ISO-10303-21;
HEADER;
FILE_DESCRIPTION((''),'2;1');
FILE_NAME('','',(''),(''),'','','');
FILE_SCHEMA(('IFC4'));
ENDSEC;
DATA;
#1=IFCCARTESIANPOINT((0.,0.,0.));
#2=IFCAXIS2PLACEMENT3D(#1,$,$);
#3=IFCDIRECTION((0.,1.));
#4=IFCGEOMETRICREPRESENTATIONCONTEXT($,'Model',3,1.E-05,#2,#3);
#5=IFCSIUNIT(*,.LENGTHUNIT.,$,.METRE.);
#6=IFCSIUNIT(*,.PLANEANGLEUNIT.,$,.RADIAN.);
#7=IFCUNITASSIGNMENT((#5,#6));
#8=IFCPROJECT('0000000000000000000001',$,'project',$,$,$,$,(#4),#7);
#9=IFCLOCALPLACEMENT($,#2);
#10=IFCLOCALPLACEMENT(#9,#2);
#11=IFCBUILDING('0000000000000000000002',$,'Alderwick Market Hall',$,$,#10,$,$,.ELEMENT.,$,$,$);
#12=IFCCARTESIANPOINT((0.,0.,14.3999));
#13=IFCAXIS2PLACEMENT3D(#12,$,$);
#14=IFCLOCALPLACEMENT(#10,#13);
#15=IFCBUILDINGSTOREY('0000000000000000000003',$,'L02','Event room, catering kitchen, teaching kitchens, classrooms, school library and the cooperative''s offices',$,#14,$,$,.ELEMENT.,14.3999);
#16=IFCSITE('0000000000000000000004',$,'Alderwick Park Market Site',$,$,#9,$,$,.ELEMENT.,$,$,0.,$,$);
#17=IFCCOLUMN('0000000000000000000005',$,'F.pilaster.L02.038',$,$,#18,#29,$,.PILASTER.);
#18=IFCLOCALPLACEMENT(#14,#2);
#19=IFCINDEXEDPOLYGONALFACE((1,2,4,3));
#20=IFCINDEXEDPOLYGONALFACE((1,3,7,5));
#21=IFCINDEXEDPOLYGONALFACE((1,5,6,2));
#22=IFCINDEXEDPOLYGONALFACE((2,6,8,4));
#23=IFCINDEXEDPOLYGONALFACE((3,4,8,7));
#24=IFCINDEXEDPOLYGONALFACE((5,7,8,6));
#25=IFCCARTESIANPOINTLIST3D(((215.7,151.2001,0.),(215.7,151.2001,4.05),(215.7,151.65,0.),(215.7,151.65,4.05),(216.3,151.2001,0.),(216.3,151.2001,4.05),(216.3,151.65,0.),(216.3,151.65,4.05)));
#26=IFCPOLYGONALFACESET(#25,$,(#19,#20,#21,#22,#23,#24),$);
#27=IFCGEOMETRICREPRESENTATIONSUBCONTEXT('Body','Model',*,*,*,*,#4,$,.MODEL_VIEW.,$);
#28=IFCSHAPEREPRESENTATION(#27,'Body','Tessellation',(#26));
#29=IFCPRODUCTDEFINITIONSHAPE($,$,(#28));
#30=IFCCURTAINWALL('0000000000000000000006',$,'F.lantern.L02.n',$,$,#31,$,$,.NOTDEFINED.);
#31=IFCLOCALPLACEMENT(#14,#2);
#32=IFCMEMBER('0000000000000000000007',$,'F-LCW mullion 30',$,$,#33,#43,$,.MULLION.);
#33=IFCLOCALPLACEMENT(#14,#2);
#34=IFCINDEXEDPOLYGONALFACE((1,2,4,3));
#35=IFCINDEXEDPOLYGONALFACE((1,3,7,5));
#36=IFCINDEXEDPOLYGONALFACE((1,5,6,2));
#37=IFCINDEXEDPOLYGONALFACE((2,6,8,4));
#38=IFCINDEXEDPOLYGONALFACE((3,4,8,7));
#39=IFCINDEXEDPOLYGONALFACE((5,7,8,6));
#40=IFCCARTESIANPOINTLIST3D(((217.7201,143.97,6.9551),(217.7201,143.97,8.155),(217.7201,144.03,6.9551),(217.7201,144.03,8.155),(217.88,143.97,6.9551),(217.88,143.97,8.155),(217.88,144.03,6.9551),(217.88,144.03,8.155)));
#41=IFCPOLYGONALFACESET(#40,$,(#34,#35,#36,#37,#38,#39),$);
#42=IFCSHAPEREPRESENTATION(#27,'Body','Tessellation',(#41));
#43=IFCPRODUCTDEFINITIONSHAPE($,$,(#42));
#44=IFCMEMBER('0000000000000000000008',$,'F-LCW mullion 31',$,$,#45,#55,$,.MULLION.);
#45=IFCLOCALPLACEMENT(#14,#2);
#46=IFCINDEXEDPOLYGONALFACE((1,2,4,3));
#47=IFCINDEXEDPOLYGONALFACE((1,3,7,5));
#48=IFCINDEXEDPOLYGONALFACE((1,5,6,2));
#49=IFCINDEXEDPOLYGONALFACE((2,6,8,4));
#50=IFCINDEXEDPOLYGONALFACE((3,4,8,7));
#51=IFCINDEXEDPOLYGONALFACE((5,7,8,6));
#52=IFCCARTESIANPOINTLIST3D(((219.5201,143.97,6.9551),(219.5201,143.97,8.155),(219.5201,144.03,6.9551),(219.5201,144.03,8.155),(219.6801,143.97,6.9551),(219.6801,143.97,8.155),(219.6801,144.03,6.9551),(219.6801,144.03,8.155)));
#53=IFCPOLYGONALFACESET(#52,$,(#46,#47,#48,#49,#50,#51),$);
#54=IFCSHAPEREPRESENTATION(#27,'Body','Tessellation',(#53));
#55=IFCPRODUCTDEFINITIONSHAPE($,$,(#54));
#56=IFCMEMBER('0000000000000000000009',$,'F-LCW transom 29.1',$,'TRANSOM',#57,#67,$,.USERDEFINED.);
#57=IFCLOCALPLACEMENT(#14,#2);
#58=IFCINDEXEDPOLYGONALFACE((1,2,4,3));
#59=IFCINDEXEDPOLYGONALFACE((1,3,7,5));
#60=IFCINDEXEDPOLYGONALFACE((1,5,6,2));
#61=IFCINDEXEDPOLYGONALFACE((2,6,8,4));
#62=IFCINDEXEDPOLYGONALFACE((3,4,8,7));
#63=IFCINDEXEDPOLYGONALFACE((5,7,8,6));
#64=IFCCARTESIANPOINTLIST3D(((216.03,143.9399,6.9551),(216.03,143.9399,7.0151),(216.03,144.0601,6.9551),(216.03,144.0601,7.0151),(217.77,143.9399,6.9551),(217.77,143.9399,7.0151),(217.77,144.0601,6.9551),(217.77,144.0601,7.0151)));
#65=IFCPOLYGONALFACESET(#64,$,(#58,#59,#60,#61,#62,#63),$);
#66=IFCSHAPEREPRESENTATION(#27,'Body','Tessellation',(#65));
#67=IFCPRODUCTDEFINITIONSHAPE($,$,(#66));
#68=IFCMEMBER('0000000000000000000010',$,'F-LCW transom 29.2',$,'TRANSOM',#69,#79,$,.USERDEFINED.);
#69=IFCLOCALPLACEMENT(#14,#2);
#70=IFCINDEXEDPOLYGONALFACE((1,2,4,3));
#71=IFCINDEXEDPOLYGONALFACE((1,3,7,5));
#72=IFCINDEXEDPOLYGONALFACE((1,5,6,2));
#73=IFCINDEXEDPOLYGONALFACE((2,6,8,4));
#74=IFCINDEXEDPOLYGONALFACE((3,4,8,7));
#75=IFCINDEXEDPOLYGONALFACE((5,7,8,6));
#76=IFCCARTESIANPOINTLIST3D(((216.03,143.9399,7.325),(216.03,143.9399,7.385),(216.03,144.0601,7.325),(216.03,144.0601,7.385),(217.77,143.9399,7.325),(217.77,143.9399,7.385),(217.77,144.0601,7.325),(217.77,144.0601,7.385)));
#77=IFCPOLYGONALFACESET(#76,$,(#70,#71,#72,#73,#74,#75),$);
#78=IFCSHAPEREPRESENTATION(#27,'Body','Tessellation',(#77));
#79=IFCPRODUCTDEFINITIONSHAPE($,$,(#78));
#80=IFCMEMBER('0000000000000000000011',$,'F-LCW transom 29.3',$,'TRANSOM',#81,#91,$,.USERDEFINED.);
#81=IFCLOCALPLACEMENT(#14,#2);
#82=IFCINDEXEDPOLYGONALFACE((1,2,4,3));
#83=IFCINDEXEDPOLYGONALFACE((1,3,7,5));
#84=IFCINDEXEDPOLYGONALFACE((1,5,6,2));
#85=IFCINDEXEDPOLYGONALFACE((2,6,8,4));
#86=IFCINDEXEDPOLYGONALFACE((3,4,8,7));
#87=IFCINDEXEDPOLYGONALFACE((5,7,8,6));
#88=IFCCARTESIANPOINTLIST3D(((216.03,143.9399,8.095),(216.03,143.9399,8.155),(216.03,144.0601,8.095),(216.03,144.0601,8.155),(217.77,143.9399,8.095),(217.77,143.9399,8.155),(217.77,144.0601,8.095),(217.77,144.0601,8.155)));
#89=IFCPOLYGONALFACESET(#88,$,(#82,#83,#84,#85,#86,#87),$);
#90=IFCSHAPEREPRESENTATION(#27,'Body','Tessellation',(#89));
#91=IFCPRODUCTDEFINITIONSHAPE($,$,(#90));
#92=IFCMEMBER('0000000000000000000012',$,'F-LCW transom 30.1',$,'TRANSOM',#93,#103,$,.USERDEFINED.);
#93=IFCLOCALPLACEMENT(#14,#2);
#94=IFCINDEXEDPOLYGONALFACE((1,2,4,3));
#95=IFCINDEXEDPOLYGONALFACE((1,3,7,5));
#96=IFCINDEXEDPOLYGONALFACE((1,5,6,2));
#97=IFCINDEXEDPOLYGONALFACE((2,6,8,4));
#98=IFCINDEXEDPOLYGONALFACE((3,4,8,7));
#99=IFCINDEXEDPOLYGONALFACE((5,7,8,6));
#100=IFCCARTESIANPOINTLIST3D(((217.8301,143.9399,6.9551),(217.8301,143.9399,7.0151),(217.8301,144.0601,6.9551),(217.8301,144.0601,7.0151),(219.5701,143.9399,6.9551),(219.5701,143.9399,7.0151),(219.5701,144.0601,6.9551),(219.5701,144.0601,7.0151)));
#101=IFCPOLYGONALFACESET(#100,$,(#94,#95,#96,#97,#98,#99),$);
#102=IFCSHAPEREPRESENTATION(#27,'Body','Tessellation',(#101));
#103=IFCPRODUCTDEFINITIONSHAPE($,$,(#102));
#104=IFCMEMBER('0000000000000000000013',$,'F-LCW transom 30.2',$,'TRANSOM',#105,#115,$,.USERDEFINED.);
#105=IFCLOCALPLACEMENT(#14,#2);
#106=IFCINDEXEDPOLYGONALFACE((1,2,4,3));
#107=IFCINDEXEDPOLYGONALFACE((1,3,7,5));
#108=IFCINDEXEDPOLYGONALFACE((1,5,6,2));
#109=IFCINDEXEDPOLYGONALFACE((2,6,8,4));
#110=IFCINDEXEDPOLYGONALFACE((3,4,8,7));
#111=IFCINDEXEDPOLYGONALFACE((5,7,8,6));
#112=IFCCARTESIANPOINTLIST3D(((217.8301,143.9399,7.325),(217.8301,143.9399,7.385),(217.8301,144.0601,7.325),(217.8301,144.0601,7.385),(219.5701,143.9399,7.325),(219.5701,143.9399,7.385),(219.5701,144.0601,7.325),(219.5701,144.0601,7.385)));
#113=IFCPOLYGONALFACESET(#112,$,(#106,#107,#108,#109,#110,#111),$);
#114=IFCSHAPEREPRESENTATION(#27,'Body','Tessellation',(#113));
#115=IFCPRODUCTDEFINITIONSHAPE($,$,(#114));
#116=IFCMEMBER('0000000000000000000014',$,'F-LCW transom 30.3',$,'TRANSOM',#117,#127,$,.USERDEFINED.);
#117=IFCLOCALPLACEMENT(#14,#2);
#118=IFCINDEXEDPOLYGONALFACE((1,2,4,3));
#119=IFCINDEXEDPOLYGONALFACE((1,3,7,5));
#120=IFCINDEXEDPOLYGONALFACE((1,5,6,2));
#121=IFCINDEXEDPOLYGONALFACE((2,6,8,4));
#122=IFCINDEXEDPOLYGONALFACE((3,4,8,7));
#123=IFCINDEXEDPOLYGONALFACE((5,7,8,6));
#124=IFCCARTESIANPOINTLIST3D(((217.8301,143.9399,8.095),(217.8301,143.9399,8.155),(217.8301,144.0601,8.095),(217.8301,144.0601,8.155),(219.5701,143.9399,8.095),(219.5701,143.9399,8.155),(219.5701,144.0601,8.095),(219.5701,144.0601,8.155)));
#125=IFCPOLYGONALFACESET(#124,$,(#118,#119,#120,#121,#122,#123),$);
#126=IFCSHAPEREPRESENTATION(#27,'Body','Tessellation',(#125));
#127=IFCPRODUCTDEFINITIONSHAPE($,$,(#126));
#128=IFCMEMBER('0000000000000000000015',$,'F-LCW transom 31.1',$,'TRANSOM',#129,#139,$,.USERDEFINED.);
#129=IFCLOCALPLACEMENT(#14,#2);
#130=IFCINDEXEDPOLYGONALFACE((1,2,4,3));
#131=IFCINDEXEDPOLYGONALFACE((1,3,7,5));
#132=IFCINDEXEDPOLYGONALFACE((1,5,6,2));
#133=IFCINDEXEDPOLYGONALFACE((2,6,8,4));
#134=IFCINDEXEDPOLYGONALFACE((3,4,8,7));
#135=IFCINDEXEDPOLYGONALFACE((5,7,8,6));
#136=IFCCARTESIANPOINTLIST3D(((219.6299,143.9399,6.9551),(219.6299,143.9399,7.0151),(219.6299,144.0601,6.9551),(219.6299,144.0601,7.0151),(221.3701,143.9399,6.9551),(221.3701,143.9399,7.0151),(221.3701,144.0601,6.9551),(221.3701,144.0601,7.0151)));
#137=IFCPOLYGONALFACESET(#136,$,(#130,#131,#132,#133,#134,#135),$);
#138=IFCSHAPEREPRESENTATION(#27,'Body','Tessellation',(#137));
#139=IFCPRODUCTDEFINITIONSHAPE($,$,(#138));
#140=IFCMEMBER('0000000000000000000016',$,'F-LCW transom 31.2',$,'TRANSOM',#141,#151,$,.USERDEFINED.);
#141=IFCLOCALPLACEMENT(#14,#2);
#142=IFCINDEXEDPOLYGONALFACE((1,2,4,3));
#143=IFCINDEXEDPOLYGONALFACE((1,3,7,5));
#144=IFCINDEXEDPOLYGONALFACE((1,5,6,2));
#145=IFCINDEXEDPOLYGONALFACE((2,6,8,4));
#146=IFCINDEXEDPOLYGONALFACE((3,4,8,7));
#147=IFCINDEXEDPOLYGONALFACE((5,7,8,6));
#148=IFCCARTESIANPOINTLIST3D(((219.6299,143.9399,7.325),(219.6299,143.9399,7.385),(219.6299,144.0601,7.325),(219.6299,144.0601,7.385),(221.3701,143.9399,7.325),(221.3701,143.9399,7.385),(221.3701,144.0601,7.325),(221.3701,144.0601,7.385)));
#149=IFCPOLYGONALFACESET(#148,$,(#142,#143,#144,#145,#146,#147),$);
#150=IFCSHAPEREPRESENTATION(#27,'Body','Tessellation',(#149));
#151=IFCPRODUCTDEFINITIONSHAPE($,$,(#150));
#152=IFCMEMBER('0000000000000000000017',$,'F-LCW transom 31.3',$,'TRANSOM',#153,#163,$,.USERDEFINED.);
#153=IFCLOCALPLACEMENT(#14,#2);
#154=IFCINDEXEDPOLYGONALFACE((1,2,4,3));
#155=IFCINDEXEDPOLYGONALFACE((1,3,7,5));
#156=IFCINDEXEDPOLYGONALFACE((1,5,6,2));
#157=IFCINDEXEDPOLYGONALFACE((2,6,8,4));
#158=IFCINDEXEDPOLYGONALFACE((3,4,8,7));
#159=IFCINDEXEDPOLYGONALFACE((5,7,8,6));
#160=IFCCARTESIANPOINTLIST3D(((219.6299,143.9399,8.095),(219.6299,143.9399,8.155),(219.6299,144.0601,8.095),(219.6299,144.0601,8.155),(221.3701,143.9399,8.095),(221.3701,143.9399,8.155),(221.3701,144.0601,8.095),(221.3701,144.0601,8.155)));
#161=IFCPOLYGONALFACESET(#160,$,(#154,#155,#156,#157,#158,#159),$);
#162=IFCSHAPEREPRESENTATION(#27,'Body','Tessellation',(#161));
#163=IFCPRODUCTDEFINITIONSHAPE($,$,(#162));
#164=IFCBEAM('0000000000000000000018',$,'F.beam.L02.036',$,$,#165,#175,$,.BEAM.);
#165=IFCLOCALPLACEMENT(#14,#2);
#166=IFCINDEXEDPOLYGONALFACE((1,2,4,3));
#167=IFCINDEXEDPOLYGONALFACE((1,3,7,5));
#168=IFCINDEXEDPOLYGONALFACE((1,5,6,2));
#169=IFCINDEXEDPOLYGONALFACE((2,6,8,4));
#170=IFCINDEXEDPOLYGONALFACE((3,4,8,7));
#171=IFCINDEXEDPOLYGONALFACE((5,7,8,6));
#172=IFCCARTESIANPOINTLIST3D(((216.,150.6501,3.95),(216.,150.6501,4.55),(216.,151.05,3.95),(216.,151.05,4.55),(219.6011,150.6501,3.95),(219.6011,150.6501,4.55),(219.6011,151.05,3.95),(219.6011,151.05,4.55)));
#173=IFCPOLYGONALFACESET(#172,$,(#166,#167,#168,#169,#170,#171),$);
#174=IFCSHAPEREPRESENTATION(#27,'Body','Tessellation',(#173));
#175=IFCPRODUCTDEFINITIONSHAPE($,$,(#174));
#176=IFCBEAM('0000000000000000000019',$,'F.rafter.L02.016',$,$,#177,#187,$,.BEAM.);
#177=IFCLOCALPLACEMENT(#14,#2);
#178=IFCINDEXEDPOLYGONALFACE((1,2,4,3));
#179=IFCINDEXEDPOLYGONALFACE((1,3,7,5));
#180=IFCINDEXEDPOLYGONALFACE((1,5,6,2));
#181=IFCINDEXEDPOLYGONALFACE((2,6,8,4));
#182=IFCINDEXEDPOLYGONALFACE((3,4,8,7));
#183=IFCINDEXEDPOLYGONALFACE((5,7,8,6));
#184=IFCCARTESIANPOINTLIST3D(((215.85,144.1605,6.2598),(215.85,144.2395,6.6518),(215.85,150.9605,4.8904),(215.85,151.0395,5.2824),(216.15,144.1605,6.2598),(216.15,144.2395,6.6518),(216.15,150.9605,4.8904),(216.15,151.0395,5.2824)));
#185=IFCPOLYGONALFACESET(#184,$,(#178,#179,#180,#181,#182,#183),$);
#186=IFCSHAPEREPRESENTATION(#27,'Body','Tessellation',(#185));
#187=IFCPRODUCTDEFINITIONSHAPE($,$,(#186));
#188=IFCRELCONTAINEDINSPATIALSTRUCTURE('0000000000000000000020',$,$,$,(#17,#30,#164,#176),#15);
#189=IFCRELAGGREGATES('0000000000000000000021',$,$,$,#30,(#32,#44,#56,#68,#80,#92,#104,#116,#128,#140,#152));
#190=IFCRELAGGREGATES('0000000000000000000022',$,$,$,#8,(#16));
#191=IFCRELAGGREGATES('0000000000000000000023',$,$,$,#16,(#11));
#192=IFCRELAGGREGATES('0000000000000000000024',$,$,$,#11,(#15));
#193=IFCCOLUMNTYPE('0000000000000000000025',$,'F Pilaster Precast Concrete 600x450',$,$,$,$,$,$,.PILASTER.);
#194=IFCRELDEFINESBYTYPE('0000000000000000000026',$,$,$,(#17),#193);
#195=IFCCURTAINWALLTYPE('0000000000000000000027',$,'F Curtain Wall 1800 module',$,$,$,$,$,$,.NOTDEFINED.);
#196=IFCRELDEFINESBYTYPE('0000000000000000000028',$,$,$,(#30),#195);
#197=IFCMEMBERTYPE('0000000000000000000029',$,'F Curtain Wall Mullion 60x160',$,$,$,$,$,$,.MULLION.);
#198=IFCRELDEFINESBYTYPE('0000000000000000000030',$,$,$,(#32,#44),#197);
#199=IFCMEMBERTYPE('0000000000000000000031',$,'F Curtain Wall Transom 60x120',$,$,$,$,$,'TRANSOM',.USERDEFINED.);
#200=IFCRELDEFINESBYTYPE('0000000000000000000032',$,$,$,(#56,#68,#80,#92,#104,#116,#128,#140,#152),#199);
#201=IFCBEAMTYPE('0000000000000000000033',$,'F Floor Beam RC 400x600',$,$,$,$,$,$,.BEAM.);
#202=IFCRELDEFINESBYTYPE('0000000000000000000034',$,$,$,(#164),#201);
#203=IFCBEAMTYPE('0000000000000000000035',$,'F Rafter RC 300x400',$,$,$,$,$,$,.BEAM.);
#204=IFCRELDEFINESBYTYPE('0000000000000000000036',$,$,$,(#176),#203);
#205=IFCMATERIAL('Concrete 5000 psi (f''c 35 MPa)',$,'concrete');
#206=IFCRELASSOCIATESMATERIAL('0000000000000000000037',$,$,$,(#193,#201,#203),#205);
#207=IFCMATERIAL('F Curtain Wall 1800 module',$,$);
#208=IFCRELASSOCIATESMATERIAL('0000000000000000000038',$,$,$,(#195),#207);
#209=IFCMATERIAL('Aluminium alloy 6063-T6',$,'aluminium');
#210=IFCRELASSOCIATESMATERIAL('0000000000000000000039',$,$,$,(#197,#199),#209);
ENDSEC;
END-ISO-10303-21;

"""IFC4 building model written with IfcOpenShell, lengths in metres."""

from ifc_helpers import new_model, si_unit, direction, frame, origin, origin_2d, place, context, subcontext, project, spatial, rectangle, extrude, material, material_profile, profile_set, type_object, element, aggregate, save


model = new_model("IFC4")

# Units and contexts
model_context = context("Model", 3, precision=1e-05, world=origin(), true_north=direction((0.0, 1.0)))
body_context = subcontext(model_context, "Body", "Model", "MODEL_VIEW")
ifc_project = project(units=[si_unit("LENGTHUNIT", "METRE"), si_unit("PLANEANGLEUNIT", "RADIAN")], contexts=[model_context])

# Site, building, storey
site_placement = place(None, origin())
site = spatial("IfcSite", under=ifc_project, at=site_placement, Name="Alderwick Park Market Site", CompositionType="ELEMENT", RefElevation=0.0)
building_placement = place(site_placement, origin())
building = spatial("IfcBuilding", under=site, at=building_placement, Name="Alderwick Market Hall", CompositionType="ELEMENT")
storey_placement = place(building_placement, frame((0.0, 0.0, 14.3999)))
storey = spatial("IfcBuildingStorey", under=building, at=storey_placement, Name="L02", Description="Event room, catering kitchen, teaching kitchens, classrooms, school library and the cooperative's offices", CompositionType="ELEMENT", Elevation=14.3999)

# Column
ifc_material_1 = material(Name="Concrete 5000 psi (f'c 35 MPa)", Category="concrete")
ifc_material_profile_1 = material_profile(ifc_material_1, rectangle(XDim=0.6001, YDim=0.45, at=origin_2d()), Name="PC 600x450")
ifc_profile_set_1 = profile_set([ifc_material_profile_1], Name="Concrete 5000 psi (f'c 35 MPa)")
column_type = type_object("IfcColumnType", Name="F Pilaster Precast Concrete 600x450", PredefinedType="PILASTER", material=ifc_profile_set_1)
column_placement = place(storey_placement, frame((216.0, 151.425, 0.0), z_axis=(0.0, 0.0, 1.0), x_axis=(1.0, 0.0, 0.0)))
element("IfcColumn", 1, at=column_placement, inside=storey, type_object=column_type, Name="F.pilaster.L02.038", PredefinedType="PILASTER", context=body_context, shape_type="SweptSolid", body=[
    extrude(rectangle(XDim=0.6001, YDim=0.45, at=origin_2d()), origin(), (0.0, 0.0, 1.0), 4.05),
])

# Curtain wall, members
ifc_material_2 = material(Name="F Curtain Wall 1800 module")
curtain_wall_type = type_object("IfcCurtainWallType", Name="F Curtain Wall 1800 module", PredefinedType="NOTDEFINED", material=ifc_material_2)
curtain_wall_placement = place(storey_placement, origin())
curtain_wall = element("IfcCurtainWall", 2, at=curtain_wall_placement, inside=storey, type_object=curtain_wall_type, Name="F.lantern.L02.n", PredefinedType="NOTDEFINED")
ifc_material_3 = material(Name="Aluminium alloy 6063-T6", Category="aluminium")
ifc_material_profile_2 = material_profile(ifc_material_3, rectangle(XDim=0.0601, YDim=0.1599, at=origin_2d()), Name="AL 60x160")
ifc_profile_set_2 = profile_set([ifc_material_profile_2], Name="Aluminium alloy 6063-T6")
member_type_1 = type_object("IfcMemberType", Name="F Curtain Wall Mullion 60x160", PredefinedType="MULLION", material=ifc_profile_set_2)
member_1_placement = place(storey_placement, frame((217.8, 144.0, 6.9551), z_axis=(0.0, 0.0, 1.0), x_axis=(0.0, 1.0, 0.0)))
member_1 = element("IfcMember", 3, at=member_1_placement, type_object=member_type_1, Name="F-LCW mullion 30", PredefinedType="MULLION", context=body_context, shape_type="SweptSolid", body=[
    extrude(rectangle(XDim=0.0601, YDim=0.1599, at=origin_2d()), origin(), (0.0, 0.0, 1.0), 1.2),
])
member_2_placement = place(storey_placement, frame((219.6001, 144.0, 6.9551), z_axis=(0.0, 0.0, 1.0), x_axis=(0.0, 1.0, 0.0)))
member_2 = element("IfcMember", 4, at=member_2_placement, type_object=member_type_1, Name="F-LCW mullion 31", PredefinedType="MULLION", context=body_context, shape_type="SweptSolid", body=[
    extrude(rectangle(XDim=0.0601, YDim=0.1599, at=origin_2d()), origin(), (0.0, 0.0, 1.0), 1.2),
])
ifc_material_profile_3 = material_profile(ifc_material_3, rectangle(XDim=0.1201, YDim=0.0601, at=origin_2d()), Name="AL 60x120")
ifc_profile_set_3 = profile_set([ifc_material_profile_3], Name="Aluminium alloy 6063-T6")
member_type_2 = type_object("IfcMemberType", Name="F Curtain Wall Transom 60x120", ElementType="TRANSOM", PredefinedType="USERDEFINED", material=ifc_profile_set_3)
member_3_placement = place(storey_placement, frame((216.03, 144.0, 6.9851), z_axis=(1.0, 0.0, 0.0), x_axis=(0.0, 1.0, 0.0)))
member_3 = element("IfcMember", 5, at=member_3_placement, type_object=member_type_2, Name="F-LCW transom 29.1", ObjectType="TRANSOM", PredefinedType="USERDEFINED", context=body_context, shape_type="SweptSolid", body=[
    extrude(rectangle(XDim=0.1201, YDim=0.0601, at=origin_2d()), origin(), (0.0, 0.0, 1.0), 1.74),
])
member_4_placement = place(storey_placement, frame((216.03, 144.0, 7.355), z_axis=(1.0, 0.0, 0.0), x_axis=(0.0, 1.0, 0.0)))
member_4 = element("IfcMember", 6, at=member_4_placement, type_object=member_type_2, Name="F-LCW transom 29.2", ObjectType="TRANSOM", PredefinedType="USERDEFINED", context=body_context, shape_type="SweptSolid", body=[
    extrude(rectangle(XDim=0.1201, YDim=0.0601, at=origin_2d()), origin(), (0.0, 0.0, 1.0), 1.74),
])
member_5_placement = place(storey_placement, frame((216.03, 144.0, 8.125), z_axis=(1.0, 0.0, 0.0), x_axis=(0.0, 1.0, 0.0)))
member_5 = element("IfcMember", 7, at=member_5_placement, type_object=member_type_2, Name="F-LCW transom 29.3", ObjectType="TRANSOM", PredefinedType="USERDEFINED", context=body_context, shape_type="SweptSolid", body=[
    extrude(rectangle(XDim=0.1201, YDim=0.0601, at=origin_2d()), origin(), (0.0, 0.0, 1.0), 1.74),
])
member_6_placement = place(storey_placement, frame((217.8301, 144.0, 6.9851), z_axis=(1.0, 0.0, 0.0), x_axis=(0.0, 1.0, 0.0)))
member_6 = element("IfcMember", 8, at=member_6_placement, type_object=member_type_2, Name="F-LCW transom 30.1", ObjectType="TRANSOM", PredefinedType="USERDEFINED", context=body_context, shape_type="SweptSolid", body=[
    extrude(rectangle(XDim=0.1201, YDim=0.0601, at=origin_2d()), origin(), (0.0, 0.0, 1.0), 1.74),
])
member_7_placement = place(storey_placement, frame((217.8301, 144.0, 7.355), z_axis=(1.0, 0.0, 0.0), x_axis=(0.0, 1.0, 0.0)))
member_7 = element("IfcMember", 9, at=member_7_placement, type_object=member_type_2, Name="F-LCW transom 30.2", ObjectType="TRANSOM", PredefinedType="USERDEFINED", context=body_context, shape_type="SweptSolid", body=[
    extrude(rectangle(XDim=0.1201, YDim=0.0601, at=origin_2d()), origin(), (0.0, 0.0, 1.0), 1.74),
])
member_8_placement = place(storey_placement, frame((217.8301, 144.0, 8.125), z_axis=(1.0, 0.0, 0.0), x_axis=(0.0, 1.0, 0.0)))
member_8 = element("IfcMember", 10, at=member_8_placement, type_object=member_type_2, Name="F-LCW transom 30.3", ObjectType="TRANSOM", PredefinedType="USERDEFINED", context=body_context, shape_type="SweptSolid", body=[
    extrude(rectangle(XDim=0.1201, YDim=0.0601, at=origin_2d()), origin(), (0.0, 0.0, 1.0), 1.74),
])
member_9_placement = place(storey_placement, frame((219.6299, 144.0, 6.9851), z_axis=(1.0, 0.0, 0.0), x_axis=(0.0, 1.0, 0.0)))
member_9 = element("IfcMember", 11, at=member_9_placement, type_object=member_type_2, Name="F-LCW transom 31.1", ObjectType="TRANSOM", PredefinedType="USERDEFINED", context=body_context, shape_type="SweptSolid", body=[
    extrude(rectangle(XDim=0.1201, YDim=0.0601, at=origin_2d()), origin(), (0.0, 0.0, 1.0), 1.7402),
])
member_10_placement = place(storey_placement, frame((219.6299, 144.0, 7.355), z_axis=(1.0, 0.0, 0.0), x_axis=(0.0, 1.0, 0.0)))
member_10 = element("IfcMember", 12, at=member_10_placement, type_object=member_type_2, Name="F-LCW transom 31.2", ObjectType="TRANSOM", PredefinedType="USERDEFINED", context=body_context, shape_type="SweptSolid", body=[
    extrude(rectangle(XDim=0.1201, YDim=0.0601, at=origin_2d()), origin(), (0.0, 0.0, 1.0), 1.7402),
])
member_11_placement = place(storey_placement, frame((219.6299, 144.0, 8.125), z_axis=(1.0, 0.0, 0.0), x_axis=(0.0, 1.0, 0.0)))
member_11 = element("IfcMember", 13, at=member_11_placement, type_object=member_type_2, Name="F-LCW transom 31.3", ObjectType="TRANSOM", PredefinedType="USERDEFINED", context=body_context, shape_type="SweptSolid", body=[
    extrude(rectangle(XDim=0.1201, YDim=0.0601, at=origin_2d()), origin(), (0.0, 0.0, 1.0), 1.7402),
])

# Beams
ifc_material_profile_4 = material_profile(ifc_material_1, rectangle(XDim=0.3999, YDim=0.6001, at=origin_2d()), Name="RC 400x600")
ifc_profile_set_4 = profile_set([ifc_material_profile_4], Name="Concrete 5000 psi (f'c 35 MPa)")
beam_type_1 = type_object("IfcBeamType", Name="F Floor Beam RC 400x600", PredefinedType="BEAM", material=ifc_profile_set_4)
beam_1_placement = place(storey_placement, frame((216.0, 150.8501, 4.25), z_axis=(1.0, 0.0, 0.0), x_axis=(0.0, 1.0, 0.0)))
element("IfcBeam", 14, at=beam_1_placement, inside=storey, type_object=beam_type_1, Name="F.beam.L02.036", PredefinedType="BEAM", context=body_context, shape_type="SweptSolid", body=[
    extrude(rectangle(XDim=0.3999, YDim=0.6001, at=origin_2d()), origin(), (0.0, 0.0, 1.0), 3.6011),
])
ifc_material_profile_5 = material_profile(ifc_material_1, rectangle(XDim=0.3, YDim=0.3999, at=origin_2d()), Name="RC 300x400")
ifc_profile_set_5 = profile_set([ifc_material_profile_5], Name="Concrete 5000 psi (f'c 35 MPa)")
beam_type_2 = type_object("IfcBeamType", Name="F Rafter RC 300x400", PredefinedType="BEAM", material=ifc_profile_set_5)
beam_2_placement = place(storey_placement, frame((216.0, 151.0, 5.0864), z_axis=(0.0, -0.98032, 0.197416), x_axis=(1.0, 0.0, 0.0)))
element("IfcBeam", 15, at=beam_2_placement, inside=storey, type_object=beam_type_2, Name="F.rafter.L02.016", PredefinedType="BEAM", context=body_context, shape_type="SweptSolid", body=[
    extrude(rectangle(XDim=0.3, YDim=0.3999, at=origin_2d()), origin(), (0.0, 0.0, 1.0), 6.9365),
])

aggregate(curtain_wall, [member_1, member_2, member_3, member_4, member_5, member_6, member_7, member_8, member_9, member_10, member_11])

save(model, "model.ifc")
